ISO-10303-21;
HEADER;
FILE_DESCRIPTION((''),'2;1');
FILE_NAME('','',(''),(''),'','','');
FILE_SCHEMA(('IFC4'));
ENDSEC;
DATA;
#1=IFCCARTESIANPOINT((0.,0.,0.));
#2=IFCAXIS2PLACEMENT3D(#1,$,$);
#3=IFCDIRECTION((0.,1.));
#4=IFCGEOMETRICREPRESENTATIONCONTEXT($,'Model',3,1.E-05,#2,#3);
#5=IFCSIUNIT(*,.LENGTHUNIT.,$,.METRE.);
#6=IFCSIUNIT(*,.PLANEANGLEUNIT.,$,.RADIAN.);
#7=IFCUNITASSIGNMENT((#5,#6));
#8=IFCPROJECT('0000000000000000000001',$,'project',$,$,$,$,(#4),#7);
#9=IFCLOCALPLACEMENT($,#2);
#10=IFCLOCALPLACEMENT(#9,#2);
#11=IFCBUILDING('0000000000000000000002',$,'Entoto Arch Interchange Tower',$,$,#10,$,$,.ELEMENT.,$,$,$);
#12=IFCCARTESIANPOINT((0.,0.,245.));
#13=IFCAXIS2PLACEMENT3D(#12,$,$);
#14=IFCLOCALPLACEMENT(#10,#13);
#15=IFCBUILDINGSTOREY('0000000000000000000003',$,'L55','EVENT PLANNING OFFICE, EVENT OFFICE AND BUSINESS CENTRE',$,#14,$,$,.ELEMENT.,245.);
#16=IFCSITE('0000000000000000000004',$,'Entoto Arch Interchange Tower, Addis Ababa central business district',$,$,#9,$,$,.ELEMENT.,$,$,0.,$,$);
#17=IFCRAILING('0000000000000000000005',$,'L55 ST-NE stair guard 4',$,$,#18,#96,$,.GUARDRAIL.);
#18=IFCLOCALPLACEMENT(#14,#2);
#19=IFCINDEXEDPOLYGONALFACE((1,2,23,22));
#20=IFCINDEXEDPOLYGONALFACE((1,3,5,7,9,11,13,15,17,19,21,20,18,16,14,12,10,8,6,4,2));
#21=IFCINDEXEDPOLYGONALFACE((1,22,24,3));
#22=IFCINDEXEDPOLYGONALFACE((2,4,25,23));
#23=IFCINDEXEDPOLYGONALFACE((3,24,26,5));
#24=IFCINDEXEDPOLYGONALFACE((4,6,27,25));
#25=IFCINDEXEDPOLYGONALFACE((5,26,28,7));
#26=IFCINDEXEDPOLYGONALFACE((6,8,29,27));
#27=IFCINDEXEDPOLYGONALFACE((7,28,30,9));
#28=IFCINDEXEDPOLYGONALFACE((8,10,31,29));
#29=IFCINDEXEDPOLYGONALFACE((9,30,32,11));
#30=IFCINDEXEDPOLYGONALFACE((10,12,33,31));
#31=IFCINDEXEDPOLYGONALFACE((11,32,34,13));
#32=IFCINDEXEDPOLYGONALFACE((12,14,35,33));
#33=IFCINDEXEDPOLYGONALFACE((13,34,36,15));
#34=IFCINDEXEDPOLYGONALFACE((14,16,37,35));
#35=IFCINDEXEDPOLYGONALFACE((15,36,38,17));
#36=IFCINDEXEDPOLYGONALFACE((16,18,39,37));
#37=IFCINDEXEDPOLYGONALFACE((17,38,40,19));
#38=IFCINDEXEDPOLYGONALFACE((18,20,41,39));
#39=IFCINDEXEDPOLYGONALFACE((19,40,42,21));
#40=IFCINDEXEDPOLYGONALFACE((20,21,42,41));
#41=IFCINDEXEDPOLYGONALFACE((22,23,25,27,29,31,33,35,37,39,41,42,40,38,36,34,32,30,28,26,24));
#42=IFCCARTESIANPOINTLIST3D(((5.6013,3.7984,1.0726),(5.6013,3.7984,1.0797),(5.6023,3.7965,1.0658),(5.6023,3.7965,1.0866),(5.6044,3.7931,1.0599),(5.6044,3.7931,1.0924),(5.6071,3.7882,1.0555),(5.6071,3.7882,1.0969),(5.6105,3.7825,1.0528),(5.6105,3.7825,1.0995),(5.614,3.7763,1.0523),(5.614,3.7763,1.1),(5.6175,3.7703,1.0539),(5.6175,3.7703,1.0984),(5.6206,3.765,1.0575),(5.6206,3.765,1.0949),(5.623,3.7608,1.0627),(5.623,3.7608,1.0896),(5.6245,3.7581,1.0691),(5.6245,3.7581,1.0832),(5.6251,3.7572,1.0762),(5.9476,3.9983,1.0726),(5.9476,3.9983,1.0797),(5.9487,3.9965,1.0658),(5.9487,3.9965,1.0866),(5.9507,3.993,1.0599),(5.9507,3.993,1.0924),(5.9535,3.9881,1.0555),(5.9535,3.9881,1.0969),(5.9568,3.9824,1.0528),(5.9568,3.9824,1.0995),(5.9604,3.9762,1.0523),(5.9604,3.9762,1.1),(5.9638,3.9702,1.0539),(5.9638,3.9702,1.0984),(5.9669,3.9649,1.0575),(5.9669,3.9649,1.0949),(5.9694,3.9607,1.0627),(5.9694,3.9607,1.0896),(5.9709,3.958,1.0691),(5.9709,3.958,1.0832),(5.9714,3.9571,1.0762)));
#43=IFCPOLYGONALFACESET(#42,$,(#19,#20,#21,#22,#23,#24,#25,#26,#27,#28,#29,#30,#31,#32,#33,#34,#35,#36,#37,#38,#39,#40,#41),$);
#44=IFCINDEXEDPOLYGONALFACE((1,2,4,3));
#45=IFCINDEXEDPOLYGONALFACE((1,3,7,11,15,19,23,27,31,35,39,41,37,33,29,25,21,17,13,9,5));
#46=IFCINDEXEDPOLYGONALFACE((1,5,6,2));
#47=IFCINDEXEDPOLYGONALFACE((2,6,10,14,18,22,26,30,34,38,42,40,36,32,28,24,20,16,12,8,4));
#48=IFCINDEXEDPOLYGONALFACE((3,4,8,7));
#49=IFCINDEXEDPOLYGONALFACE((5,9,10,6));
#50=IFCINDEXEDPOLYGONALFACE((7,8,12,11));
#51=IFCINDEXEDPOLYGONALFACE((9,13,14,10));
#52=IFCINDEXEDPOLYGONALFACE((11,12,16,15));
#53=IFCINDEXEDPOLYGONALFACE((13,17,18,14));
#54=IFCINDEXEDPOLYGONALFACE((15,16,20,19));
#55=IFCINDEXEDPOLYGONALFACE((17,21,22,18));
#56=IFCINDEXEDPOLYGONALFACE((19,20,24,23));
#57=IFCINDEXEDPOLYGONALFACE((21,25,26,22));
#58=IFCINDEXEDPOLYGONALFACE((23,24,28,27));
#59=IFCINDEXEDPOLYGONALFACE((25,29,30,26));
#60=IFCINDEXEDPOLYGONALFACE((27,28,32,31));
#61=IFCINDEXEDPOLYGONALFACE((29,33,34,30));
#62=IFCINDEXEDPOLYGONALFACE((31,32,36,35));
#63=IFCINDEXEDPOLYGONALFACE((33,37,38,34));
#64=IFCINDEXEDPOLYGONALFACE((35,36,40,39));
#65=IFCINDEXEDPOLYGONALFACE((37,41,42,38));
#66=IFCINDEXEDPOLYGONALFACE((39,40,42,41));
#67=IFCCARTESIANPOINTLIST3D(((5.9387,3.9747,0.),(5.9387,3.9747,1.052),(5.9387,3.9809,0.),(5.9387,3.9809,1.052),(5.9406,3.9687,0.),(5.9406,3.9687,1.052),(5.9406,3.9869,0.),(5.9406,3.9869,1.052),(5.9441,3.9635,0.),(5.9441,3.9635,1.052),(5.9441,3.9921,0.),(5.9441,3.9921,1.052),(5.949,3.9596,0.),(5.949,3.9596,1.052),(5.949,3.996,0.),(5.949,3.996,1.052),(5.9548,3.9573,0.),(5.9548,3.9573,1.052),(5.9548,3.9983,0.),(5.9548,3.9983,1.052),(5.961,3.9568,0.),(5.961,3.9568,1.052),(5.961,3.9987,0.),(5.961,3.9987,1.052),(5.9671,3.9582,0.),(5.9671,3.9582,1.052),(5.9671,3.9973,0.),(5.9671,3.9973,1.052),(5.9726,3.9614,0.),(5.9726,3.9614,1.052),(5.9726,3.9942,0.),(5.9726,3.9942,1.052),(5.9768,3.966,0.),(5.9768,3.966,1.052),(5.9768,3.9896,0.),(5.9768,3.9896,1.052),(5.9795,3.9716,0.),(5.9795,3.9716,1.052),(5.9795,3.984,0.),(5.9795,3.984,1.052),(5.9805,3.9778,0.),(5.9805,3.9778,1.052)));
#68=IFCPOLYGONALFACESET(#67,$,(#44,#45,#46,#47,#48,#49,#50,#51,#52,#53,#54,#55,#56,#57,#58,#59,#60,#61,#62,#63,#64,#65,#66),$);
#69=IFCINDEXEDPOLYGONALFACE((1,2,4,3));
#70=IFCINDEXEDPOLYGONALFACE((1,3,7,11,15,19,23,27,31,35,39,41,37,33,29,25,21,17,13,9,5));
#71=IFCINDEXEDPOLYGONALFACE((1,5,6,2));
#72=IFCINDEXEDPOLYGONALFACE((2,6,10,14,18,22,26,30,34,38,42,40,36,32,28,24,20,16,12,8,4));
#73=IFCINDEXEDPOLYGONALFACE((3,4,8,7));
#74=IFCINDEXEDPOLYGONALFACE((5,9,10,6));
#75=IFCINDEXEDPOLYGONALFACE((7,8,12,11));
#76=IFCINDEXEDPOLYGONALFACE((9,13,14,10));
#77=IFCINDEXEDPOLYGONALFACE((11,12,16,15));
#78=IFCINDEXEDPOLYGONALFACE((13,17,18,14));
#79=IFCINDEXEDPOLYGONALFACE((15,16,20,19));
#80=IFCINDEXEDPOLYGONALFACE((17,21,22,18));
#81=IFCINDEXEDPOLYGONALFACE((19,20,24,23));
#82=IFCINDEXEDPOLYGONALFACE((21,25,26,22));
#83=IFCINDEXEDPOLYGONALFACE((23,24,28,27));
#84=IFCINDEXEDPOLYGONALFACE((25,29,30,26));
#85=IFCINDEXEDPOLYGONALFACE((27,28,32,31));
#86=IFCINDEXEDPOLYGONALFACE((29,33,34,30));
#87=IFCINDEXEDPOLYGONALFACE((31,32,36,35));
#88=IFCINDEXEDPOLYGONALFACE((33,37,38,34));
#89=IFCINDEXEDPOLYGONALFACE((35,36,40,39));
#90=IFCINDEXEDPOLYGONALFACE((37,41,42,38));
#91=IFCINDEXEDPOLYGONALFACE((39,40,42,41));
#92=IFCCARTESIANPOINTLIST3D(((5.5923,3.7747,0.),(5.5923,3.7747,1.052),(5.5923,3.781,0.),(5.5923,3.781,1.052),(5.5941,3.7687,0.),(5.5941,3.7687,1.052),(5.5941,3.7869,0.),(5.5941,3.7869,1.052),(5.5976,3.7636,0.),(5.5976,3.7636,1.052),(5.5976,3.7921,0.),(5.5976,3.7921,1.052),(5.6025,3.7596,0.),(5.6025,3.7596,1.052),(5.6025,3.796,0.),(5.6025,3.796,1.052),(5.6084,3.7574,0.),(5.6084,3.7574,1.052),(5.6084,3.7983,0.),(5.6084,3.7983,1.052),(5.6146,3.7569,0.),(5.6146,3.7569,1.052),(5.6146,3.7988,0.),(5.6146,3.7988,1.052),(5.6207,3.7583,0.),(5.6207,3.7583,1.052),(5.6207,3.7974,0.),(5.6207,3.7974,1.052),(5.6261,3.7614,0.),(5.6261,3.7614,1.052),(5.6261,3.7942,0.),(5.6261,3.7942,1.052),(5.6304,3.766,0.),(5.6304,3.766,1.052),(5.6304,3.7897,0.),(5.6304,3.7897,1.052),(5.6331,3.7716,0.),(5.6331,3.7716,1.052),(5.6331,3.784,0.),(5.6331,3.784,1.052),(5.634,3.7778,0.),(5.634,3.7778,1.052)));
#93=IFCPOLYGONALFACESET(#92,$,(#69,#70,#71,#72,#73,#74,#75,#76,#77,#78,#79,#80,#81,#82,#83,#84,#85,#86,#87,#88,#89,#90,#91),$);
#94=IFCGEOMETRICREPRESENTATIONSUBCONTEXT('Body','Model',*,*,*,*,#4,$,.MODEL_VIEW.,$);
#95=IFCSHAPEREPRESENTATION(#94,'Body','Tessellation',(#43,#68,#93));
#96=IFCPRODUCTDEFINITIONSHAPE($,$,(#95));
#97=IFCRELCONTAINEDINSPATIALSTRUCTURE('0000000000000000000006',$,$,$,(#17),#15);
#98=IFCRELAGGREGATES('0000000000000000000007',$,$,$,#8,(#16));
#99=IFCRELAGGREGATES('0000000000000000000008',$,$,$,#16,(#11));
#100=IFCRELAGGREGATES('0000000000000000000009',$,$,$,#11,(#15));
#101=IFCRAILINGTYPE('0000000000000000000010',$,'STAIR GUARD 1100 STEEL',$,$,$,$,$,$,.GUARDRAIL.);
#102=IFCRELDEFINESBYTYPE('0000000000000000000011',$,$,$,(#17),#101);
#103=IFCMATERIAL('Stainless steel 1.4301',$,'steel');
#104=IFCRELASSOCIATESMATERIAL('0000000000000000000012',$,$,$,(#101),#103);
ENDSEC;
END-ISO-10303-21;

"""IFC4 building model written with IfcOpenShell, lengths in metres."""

from ifc_helpers import new_model, si_unit, direction, frame, origin, origin_2d, place, context, subcontext, project, spatial, circle, extrude, material, type_object, element, save


model = new_model("IFC4")

# Units and contexts
model_context = context("Model", 3, precision=1e-05, world=origin(), true_north=direction((0.0, 1.0)))
body_context = subcontext(model_context, "Body", "Model", "MODEL_VIEW")
ifc_project = project(units=[si_unit("LENGTHUNIT", "METRE"), si_unit("PLANEANGLEUNIT", "RADIAN")], contexts=[model_context])

# Site, building, storey
site_placement = place(None, origin())
site = spatial("IfcSite", under=ifc_project, at=site_placement, Name="Entoto Arch Interchange Tower, Addis Ababa central business district", CompositionType="ELEMENT", RefElevation=0.0)
building_placement = place(site_placement, origin())
building = spatial("IfcBuilding", under=site, at=building_placement, Name="Entoto Arch Interchange Tower", CompositionType="ELEMENT")
storey_placement = place(building_placement, frame((0.0, 0.0, 245.0)))
storey = spatial("IfcBuildingStorey", under=building, at=storey_placement, Name="L55", Description="EVENT PLANNING OFFICE, EVENT OFFICE AND BUSINESS CENTRE", CompositionType="ELEMENT", Elevation=245.0)

# Railing
ifc_material_1 = material(Name="Stainless steel 1.4301", Category="steel")
railing_type_1 = type_object("IfcRailingType", Name="STAIR GUARD 1100 STEEL", PredefinedType="GUARDRAIL", material=ifc_material_1)
railing_1_placement = place(storey_placement, frame((5.9595, 3.9778, 0.0)))
element("IfcRailing", 1, at=railing_1_placement, inside=storey, type_object=railing_type_1, Name="L55 ST-NE stair guard 4", PredefinedType="GUARDRAIL", context=body_context, shape_type="SweptSolid", body=[
    extrude(circle(Radius=0.0239, at=origin_2d()), frame((0.0, 0.0, 1.0762), z_axis=(-0.866094, -0.499881, 0.0), x_axis=(0.499881, -0.866094, 0.0)), (0.0, 0.0, 1.0), 0.3999),
    extrude(circle(Radius=0.021, at=origin_2d()), origin(), (0.0, 0.0, 1.0), 1.052),
    extrude(circle(Radius=0.021, at=origin_2d()), frame((-0.3464, -0.2, 0.0)), (0.0, 0.0, 1.0), 1.052),
])

save(model, "model.ifc")
